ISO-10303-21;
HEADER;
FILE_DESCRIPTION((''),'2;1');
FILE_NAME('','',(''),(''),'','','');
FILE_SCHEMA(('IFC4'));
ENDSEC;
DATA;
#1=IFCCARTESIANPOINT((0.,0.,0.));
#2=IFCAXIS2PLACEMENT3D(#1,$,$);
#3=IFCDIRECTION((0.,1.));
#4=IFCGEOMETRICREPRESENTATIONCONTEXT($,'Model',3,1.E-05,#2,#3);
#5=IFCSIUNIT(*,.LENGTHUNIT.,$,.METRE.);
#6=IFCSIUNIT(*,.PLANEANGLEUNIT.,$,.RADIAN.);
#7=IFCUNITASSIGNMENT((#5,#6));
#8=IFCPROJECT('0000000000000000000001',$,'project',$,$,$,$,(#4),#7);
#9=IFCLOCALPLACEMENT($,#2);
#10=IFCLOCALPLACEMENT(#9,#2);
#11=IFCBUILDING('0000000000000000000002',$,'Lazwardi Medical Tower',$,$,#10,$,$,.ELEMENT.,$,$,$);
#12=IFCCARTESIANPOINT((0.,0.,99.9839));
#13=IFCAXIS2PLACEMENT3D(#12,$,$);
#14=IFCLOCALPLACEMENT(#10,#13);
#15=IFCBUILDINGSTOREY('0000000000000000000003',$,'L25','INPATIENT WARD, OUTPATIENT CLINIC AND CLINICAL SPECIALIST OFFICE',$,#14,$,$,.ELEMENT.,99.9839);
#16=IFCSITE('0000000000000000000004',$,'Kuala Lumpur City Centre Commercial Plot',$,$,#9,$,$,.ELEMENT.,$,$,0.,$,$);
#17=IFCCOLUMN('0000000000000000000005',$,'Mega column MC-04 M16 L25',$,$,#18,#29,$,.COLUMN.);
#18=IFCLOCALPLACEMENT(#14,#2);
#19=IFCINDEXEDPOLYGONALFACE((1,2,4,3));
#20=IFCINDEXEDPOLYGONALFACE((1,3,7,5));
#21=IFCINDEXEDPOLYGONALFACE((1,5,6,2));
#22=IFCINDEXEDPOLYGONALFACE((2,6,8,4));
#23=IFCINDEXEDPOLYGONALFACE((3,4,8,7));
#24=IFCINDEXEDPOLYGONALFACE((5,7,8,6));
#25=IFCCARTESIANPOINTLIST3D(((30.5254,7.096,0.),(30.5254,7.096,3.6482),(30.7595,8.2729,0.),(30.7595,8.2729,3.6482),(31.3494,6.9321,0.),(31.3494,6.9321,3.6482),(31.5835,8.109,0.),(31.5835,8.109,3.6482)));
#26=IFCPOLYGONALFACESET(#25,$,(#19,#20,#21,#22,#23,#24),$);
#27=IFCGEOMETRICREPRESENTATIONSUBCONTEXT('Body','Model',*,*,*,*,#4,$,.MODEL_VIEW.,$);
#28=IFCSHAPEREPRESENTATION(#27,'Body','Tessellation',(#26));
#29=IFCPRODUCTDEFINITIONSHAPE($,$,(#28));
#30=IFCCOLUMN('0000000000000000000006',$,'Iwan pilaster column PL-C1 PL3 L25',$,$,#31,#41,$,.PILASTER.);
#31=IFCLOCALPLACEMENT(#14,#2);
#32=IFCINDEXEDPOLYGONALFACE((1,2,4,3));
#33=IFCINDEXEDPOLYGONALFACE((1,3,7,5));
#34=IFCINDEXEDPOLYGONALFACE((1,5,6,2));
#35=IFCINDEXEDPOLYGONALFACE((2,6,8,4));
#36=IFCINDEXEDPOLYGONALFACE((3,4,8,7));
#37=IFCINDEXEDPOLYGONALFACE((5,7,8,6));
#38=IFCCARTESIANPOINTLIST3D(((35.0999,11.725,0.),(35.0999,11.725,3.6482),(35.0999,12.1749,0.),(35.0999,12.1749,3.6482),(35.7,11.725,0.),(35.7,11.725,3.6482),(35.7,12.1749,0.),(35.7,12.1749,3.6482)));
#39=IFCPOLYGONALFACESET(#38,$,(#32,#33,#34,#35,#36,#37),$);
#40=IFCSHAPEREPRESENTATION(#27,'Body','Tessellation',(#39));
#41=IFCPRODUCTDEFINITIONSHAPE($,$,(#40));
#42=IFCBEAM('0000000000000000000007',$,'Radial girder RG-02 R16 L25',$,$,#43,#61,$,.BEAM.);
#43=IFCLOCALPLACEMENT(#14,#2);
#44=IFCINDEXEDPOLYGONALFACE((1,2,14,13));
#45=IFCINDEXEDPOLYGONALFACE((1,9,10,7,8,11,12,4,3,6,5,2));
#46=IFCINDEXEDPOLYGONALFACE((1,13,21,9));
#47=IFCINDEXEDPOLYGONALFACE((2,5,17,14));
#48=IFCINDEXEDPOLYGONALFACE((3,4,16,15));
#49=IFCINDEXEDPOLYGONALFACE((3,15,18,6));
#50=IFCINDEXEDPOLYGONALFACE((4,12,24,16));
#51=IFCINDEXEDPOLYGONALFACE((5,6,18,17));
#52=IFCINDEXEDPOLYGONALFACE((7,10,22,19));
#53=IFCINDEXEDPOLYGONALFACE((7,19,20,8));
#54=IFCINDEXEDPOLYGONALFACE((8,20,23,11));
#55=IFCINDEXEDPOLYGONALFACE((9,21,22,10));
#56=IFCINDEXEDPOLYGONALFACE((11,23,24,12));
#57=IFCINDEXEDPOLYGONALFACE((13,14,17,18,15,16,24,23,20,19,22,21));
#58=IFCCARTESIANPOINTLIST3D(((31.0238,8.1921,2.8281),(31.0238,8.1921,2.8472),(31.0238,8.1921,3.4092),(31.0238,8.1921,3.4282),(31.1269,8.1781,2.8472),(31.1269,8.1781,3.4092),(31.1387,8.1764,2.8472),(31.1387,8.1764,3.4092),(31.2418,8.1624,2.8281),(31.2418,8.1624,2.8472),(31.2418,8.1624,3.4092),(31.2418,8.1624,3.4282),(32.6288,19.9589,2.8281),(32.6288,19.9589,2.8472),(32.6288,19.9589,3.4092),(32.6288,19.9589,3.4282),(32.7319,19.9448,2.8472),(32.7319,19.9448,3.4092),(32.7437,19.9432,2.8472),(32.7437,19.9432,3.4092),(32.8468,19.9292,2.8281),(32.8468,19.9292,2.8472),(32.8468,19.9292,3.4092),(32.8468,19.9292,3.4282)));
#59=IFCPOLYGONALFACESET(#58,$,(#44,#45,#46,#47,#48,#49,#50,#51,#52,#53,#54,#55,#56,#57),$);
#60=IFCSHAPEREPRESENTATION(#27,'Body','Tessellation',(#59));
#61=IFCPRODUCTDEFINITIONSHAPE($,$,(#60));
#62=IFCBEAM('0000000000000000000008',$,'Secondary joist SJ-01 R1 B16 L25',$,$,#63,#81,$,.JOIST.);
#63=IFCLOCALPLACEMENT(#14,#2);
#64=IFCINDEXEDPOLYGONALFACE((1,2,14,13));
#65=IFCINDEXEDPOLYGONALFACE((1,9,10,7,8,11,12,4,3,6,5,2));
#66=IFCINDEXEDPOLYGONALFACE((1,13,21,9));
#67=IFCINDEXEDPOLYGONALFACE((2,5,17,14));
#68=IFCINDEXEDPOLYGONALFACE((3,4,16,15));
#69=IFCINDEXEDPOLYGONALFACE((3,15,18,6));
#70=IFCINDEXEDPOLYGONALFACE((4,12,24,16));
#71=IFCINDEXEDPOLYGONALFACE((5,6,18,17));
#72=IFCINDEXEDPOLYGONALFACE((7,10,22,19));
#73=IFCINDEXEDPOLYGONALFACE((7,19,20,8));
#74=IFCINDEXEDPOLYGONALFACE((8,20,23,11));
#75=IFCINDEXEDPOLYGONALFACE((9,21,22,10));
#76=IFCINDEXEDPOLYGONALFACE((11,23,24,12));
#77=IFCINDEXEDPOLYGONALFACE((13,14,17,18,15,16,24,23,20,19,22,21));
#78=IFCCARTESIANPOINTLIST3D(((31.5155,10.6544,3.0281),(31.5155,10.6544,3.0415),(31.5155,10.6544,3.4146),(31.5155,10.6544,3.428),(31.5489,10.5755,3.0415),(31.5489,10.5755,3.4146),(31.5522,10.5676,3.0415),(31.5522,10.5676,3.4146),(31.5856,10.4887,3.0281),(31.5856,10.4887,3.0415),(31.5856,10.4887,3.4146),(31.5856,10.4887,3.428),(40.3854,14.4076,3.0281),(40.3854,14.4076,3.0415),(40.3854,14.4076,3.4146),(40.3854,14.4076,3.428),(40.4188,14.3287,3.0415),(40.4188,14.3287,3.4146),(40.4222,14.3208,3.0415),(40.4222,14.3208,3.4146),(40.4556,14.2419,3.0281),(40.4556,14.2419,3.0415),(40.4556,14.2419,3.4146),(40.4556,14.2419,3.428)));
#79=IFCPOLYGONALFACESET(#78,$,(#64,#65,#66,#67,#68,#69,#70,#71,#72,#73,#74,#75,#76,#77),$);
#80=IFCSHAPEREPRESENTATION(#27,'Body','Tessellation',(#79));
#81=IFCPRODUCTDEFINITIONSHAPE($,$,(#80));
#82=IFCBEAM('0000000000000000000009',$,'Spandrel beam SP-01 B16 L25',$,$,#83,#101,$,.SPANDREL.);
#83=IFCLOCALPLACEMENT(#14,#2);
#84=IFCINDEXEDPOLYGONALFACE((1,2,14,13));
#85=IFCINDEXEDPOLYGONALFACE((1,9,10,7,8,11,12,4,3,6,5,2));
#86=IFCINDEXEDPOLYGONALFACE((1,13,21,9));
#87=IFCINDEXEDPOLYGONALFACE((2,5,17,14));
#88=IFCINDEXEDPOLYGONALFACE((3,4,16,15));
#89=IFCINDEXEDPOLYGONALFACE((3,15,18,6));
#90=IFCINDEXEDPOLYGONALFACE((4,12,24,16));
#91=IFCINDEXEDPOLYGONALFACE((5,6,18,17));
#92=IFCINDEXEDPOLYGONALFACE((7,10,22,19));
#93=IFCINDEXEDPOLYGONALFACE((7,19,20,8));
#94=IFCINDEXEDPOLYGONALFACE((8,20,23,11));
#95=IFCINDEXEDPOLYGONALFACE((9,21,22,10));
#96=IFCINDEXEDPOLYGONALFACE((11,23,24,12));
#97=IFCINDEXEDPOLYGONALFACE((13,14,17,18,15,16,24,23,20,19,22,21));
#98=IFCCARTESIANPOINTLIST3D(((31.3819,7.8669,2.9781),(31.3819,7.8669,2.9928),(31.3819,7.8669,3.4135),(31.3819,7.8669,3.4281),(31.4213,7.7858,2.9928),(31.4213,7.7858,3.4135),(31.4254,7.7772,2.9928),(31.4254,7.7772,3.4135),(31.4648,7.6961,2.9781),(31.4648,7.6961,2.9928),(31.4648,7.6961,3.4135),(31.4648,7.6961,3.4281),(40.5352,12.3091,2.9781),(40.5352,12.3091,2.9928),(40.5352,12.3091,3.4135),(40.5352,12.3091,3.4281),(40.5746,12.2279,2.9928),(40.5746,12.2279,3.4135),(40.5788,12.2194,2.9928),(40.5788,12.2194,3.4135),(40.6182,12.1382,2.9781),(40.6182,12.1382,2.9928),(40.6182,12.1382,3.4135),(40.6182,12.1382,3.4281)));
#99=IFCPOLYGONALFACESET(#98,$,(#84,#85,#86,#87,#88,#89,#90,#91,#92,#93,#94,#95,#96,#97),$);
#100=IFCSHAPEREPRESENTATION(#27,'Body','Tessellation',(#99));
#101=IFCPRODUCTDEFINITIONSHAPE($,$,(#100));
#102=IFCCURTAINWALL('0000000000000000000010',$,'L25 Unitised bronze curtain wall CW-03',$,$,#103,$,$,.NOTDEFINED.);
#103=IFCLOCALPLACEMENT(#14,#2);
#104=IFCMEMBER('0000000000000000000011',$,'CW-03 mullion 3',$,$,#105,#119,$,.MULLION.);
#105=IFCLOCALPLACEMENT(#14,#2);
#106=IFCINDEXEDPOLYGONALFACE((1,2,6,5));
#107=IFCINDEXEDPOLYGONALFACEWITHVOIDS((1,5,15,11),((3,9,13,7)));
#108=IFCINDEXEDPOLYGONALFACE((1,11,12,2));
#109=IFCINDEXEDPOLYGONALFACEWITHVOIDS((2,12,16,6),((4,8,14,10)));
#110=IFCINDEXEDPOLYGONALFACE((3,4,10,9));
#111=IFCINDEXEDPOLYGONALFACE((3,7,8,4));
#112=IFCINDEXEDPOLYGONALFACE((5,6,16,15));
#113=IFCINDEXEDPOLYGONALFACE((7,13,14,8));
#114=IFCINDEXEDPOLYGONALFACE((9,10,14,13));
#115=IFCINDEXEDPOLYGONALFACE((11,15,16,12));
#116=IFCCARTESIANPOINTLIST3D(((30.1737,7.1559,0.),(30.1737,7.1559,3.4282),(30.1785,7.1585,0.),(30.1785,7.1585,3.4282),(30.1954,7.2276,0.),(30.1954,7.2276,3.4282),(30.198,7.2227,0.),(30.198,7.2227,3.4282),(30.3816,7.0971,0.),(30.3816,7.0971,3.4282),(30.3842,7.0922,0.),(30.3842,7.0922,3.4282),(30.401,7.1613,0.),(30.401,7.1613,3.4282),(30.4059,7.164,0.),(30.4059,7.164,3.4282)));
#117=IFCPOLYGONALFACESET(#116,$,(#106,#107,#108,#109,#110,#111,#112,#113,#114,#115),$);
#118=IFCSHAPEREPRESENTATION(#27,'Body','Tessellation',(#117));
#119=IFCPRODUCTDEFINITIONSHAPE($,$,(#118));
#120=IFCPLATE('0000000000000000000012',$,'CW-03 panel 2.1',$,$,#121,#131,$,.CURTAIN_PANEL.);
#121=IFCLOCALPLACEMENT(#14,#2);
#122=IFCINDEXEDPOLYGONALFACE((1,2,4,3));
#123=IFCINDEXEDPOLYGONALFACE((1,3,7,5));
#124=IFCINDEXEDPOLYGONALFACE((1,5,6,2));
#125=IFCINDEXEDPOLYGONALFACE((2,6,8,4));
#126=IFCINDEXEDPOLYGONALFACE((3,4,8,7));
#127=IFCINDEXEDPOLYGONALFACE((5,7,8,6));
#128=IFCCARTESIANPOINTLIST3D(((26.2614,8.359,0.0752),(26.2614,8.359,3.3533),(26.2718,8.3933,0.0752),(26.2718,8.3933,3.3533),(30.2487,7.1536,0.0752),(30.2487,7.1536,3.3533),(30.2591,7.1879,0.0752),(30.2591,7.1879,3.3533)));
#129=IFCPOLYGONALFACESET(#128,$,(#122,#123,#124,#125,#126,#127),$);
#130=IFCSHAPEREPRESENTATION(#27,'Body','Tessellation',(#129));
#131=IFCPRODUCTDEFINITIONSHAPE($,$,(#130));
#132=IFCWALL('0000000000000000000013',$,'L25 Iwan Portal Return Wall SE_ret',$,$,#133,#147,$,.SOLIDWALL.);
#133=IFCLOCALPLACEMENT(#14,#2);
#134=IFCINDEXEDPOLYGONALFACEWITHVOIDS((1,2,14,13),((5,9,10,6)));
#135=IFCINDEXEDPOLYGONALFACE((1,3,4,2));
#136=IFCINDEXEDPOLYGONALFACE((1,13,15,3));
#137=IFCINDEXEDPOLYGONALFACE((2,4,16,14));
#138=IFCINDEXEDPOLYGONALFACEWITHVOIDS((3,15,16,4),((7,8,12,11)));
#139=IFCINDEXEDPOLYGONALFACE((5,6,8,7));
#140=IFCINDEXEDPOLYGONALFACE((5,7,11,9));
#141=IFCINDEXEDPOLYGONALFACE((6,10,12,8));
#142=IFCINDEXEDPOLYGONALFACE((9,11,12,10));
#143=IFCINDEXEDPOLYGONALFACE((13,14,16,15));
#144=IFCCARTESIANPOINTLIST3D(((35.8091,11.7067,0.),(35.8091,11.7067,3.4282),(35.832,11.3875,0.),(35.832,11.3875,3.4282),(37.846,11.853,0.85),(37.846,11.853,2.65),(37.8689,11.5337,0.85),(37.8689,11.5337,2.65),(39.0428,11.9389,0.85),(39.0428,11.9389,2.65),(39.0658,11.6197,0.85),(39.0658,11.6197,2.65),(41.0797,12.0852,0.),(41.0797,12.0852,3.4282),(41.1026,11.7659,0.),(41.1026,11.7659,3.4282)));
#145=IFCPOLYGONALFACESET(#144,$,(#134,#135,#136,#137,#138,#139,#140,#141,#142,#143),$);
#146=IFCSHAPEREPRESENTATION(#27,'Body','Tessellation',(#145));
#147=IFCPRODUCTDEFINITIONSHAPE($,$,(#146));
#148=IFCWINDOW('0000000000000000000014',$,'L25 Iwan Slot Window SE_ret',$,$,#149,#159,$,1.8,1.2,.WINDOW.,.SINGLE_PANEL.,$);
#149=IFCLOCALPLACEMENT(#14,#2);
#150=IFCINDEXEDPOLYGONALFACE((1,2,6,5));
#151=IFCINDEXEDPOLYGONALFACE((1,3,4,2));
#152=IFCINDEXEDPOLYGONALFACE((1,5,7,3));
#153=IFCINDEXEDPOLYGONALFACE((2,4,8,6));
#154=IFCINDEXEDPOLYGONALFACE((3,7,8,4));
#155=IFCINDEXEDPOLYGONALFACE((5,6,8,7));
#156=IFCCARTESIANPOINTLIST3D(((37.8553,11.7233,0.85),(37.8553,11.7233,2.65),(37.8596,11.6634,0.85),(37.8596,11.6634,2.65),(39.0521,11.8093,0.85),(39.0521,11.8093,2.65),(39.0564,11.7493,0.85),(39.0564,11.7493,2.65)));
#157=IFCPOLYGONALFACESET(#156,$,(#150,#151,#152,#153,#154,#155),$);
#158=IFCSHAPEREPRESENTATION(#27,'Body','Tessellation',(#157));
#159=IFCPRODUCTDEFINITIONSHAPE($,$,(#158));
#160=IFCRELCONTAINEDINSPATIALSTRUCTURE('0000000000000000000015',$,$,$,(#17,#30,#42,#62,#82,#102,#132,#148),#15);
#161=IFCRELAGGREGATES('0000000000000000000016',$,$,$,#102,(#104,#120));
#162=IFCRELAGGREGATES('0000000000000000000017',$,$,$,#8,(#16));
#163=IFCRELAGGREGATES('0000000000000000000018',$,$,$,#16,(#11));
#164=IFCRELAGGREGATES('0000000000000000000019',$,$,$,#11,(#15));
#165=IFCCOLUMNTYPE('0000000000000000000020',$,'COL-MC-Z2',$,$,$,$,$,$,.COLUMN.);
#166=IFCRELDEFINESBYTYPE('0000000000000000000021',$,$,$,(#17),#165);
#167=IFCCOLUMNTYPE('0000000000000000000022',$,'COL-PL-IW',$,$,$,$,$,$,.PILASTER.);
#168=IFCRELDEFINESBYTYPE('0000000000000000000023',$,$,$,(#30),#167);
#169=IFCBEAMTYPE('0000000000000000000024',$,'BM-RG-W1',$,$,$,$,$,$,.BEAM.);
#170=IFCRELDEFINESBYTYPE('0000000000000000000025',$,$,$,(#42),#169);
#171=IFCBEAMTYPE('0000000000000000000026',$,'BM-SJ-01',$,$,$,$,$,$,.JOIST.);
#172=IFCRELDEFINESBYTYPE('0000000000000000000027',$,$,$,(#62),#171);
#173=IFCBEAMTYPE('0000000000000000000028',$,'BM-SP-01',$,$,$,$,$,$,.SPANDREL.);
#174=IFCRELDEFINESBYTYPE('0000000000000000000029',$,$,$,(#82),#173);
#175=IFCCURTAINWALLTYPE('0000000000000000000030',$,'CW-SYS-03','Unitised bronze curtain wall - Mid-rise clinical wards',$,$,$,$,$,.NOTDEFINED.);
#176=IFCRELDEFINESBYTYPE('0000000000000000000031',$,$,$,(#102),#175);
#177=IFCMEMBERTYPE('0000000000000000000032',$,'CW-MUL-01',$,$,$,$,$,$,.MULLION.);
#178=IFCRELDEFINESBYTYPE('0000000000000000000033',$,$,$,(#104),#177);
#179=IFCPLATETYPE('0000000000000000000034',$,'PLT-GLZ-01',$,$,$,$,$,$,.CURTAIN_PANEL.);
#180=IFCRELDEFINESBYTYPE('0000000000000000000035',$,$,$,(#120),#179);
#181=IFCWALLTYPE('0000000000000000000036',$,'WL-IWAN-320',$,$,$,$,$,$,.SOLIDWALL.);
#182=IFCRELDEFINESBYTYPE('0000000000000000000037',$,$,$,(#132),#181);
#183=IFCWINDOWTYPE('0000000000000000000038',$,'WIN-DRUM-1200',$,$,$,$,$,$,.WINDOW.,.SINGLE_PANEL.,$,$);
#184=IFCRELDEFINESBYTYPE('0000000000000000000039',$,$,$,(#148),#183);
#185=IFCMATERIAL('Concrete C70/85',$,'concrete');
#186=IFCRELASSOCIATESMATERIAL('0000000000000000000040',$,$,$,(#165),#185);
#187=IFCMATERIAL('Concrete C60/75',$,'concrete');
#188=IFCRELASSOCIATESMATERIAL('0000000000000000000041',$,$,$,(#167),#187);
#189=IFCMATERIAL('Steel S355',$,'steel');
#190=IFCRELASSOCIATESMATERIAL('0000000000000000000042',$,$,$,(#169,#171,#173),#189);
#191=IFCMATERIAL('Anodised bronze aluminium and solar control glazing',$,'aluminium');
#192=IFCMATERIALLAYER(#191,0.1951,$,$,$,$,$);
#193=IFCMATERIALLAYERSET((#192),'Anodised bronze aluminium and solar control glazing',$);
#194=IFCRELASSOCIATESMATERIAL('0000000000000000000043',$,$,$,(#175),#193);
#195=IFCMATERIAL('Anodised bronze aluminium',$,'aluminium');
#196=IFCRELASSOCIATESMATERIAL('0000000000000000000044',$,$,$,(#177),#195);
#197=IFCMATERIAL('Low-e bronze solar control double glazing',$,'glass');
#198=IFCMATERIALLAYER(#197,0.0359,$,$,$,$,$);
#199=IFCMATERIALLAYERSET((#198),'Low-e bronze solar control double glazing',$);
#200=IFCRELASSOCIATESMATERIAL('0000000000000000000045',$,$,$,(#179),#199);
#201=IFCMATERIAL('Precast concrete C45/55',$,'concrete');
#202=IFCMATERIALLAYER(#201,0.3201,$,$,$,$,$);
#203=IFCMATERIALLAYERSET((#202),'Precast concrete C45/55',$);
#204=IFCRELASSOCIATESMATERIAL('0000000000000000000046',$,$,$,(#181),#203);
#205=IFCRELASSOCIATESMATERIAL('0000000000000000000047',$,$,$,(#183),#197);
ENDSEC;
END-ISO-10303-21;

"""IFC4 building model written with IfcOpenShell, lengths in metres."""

from ifc_helpers import new_model, si_unit, direction, frame, frame_2d, origin, origin_2d, place, context, subcontext, project, spatial, rectangle, hollow_rectangle, i_section, extrude, material, layer, layer_set, material_profile, profile_set, type_object, element, fill, aggregate, save


model = new_model("IFC4")

# Units and contexts
model_context = context("Model", 3, precision=1e-05, world=origin(), true_north=direction((0.0, 1.0)))
body_context = subcontext(model_context, "Body", "Model", "MODEL_VIEW")
ifc_project = project(units=[si_unit("LENGTHUNIT", "METRE"), si_unit("PLANEANGLEUNIT", "RADIAN")], contexts=[model_context])

# Site, building, storey
site_placement = place(None, origin())
site = spatial("IfcSite", under=ifc_project, at=site_placement, Name="Kuala Lumpur City Centre Commercial Plot", CompositionType="ELEMENT", RefElevation=0.0)
building_placement = place(site_placement, origin())
building = spatial("IfcBuilding", under=site, at=building_placement, Name="Lazwardi Medical Tower", CompositionType="ELEMENT")
storey_placement = place(building_placement, frame((0.0, 0.0, 99.9839)))
storey = spatial("IfcBuildingStorey", under=building, at=storey_placement, Name="L25", Description="INPATIENT WARD, OUTPATIENT CLINIC AND CLINICAL SPECIALIST OFFICE", CompositionType="ELEMENT", Elevation=99.9839)

# Columns
ifc_material_1 = material(Name="Concrete C70/85", Category="concrete")
ifc_material_profile_1 = material_profile(ifc_material_1, rectangle(XDim=1.2, YDim=0.8401, at=origin_2d()), Name="CFT-RECT 1200x840")
ifc_profile_set_1 = profile_set([ifc_material_profile_1], Name="Concrete C70/85")
column_type_1 = type_object("IfcColumnType", Name="COL-MC-Z2", PredefinedType="COLUMN", material=ifc_profile_set_1)
column_1_placement = place(storey_placement, frame((31.0544, 7.6025, 0.0), z_axis=(0.0, 0.0, 1.0), x_axis=(-0.19509, -0.980785, 0.0)))
element("IfcColumn", 1, at=column_1_placement, inside=storey, type_object=column_type_1, Name="Mega column MC-04 M16 L25", PredefinedType="COLUMN", context=body_context, shape_type="SweptSolid", body=[
    extrude(rectangle(XDim=1.2, YDim=0.8401, at=origin_2d()), origin(), (0.0, 0.0, 1.0), 3.6482),
])
ifc_material_2 = material(Name="Concrete C60/75", Category="concrete")
ifc_material_profile_2 = material_profile(ifc_material_2, rectangle(XDim=0.6001, YDim=0.45, at=origin_2d()), Name="RC 600x450")
ifc_profile_set_2 = profile_set([ifc_material_profile_2], Name="Concrete C60/75")
column_type_2 = type_object("IfcColumnType", Name="COL-PL-IW", PredefinedType="PILASTER", material=ifc_profile_set_2)
column_2_placement = place(storey_placement, frame((35.3999, 11.95, 0.0), z_axis=(0.0, 0.0, 1.0), x_axis=(1.0, 0.0, 0.0)))
element("IfcColumn", 2, at=column_2_placement, inside=storey, type_object=column_type_2, Name="Iwan pilaster column PL-C1 PL3 L25", PredefinedType="PILASTER", context=body_context, shape_type="SweptSolid", body=[
    extrude(rectangle(XDim=0.6001, YDim=0.45, at=origin_2d()), origin(), (0.0, 0.0, 1.0), 3.6482),
])

# Beams
ifc_material_3 = material(Name="Steel S355", Category="steel")
ifc_material_profile_3 = material_profile(ifc_material_3, i_section(OverallWidth=0.22, OverallDepth=0.6001, WebThickness=0.012, FlangeThickness=0.019, at=origin_2d()), Name="IPE 600")
ifc_profile_set_3 = profile_set([ifc_material_profile_3], Name="Steel S355")
beam_type_1 = type_object("IfcBeamType", Name="BM-RG-W1", PredefinedType="BEAM", material=ifc_profile_set_3)
beam_1_placement = place(storey_placement, frame((31.1328, 8.1772, 3.1282), z_axis=(0.135147, 0.990826, 0.0), x_axis=(-0.990826, 0.135147, 0.0)))
element("IfcBeam", 3, at=beam_1_placement, inside=storey, type_object=beam_type_1, Name="Radial girder RG-02 R16 L25", PredefinedType="BEAM", context=body_context, shape_type="SweptSolid", body=[
    extrude(i_section(OverallWidth=0.22, OverallDepth=0.6001, WebThickness=0.012, FlangeThickness=0.019, at=origin_2d()), origin(), (0.0, 0.0, 1.0), 11.8757),
])
ifc_material_profile_4 = material_profile(ifc_material_3, i_section(OverallWidth=0.1799, OverallDepth=0.3999, WebThickness=0.0085, FlangeThickness=0.0134, at=origin_2d()), Name="IPE 400")
ifc_profile_set_4 = profile_set([ifc_material_profile_4], Name="Steel S355")
beam_type_2 = type_object("IfcBeamType", Name="BM-SJ-01", PredefinedType="JOIST", material=ifc_profile_set_4)
beam_2_placement = place(storey_placement, frame((31.5505, 10.5715, 3.228), z_axis=(0.920947, 0.389687, 0.0), x_axis=(-0.389687, 0.920947, 0.0)))
element("IfcBeam", 4, at=beam_2_placement, inside=storey, type_object=beam_type_2, Name="Secondary joist SJ-01 R1 B16 L25", PredefinedType="JOIST", context=body_context, shape_type="SweptSolid", body=[
    extrude(i_section(OverallWidth=0.1799, OverallDepth=0.3999, WebThickness=0.0085, FlangeThickness=0.0134, at=origin_2d()), origin(), (0.0, 0.0, 1.0), 9.6313),
])
ifc_material_profile_5 = material_profile(ifc_material_3, i_section(OverallWidth=0.1899, OverallDepth=0.45, WebThickness=0.0095, FlangeThickness=0.0146, at=origin_2d()), Name="IPE 450")
ifc_profile_set_5 = profile_set([ifc_material_profile_5], Name="Steel S355")
beam_type_3 = type_object("IfcBeamType", Name="BM-SP-01", PredefinedType="SPANDREL", material=ifc_profile_set_5)
beam_3_placement = place(storey_placement, frame((31.4233, 7.7815, 3.2031), z_axis=(0.899653, 0.436605, 0.0), x_axis=(-0.436605, 0.899653, 0.0)))
element("IfcBeam", 5, at=beam_3_placement, inside=storey, type_object=beam_type_3, Name="Spandrel beam SP-01 B16 L25", PredefinedType="SPANDREL", context=body_context, shape_type="SweptSolid", body=[
    extrude(i_section(OverallWidth=0.1899, OverallDepth=0.45, WebThickness=0.0095, FlangeThickness=0.0146, at=origin_2d()), origin(), (0.0, 0.0, 1.0), 10.1743),
])

# Curtain wall, member, plate
ifc_material_4 = material(Name="Anodised bronze aluminium and solar control glazing", Category="aluminium")
ifc_layer_1 = layer(ifc_material_4, 0.1951)
ifc_layer_set_1 = layer_set([ifc_layer_1], Name="Anodised bronze aluminium and solar control glazing")
curtain_wall_type = type_object("IfcCurtainWallType", Name="CW-SYS-03", Description="Unitised bronze curtain wall - Mid-rise clinical wards", PredefinedType="NOTDEFINED", material=ifc_layer_set_1)
curtain_wall_placement = place(storey_placement, origin())
curtain_wall = element("IfcCurtainWall", 6, at=curtain_wall_placement, inside=storey, type_object=curtain_wall_type, Name="L25 Unitised bronze curtain wall CW-03", PredefinedType="NOTDEFINED")
ifc_material_5 = material(Name="Anodised bronze aluminium", Category="aluminium")
ifc_material_profile_6 = material_profile(ifc_material_5, hollow_rectangle(XDim=0.075, YDim=0.22, WallThickness=0.0039, at=origin_2d()), Name="ALU-MULLION 220x75x4")
ifc_profile_set_6 = profile_set([ifc_material_profile_6], Name="Anodised bronze aluminium")
member_type = type_object("IfcMemberType", Name="CW-MUL-01", PredefinedType="MULLION", material=ifc_profile_set_6)
member_placement = place(storey_placement, frame((30.2898, 7.1599, 0.0), z_axis=(0.0, 0.0, 1.0), x_axis=(0.289374, 0.957216, 0.0)))
member = element("IfcMember", 7, at=member_placement, type_object=member_type, Name="CW-03 mullion 3", PredefinedType="MULLION", context=body_context, shape_type="SweptSolid", body=[
    extrude(hollow_rectangle(XDim=0.075, YDim=0.22, WallThickness=0.0039, at=origin_2d()), origin(), (0.0, 0.0, 1.0), 3.4282),
])
ifc_material_6 = material(Name="Low-e bronze solar control double glazing", Category="glass")
ifc_layer_2 = layer(ifc_material_6, 0.0359)
ifc_layer_set_2 = layer_set([ifc_layer_2], Name="Low-e bronze solar control double glazing")
plate_type = type_object("IfcPlateType", Name="PLT-GLZ-01", PredefinedType="CURTAIN_PANEL", material=ifc_layer_set_2)
plate_placement = place(storey_placement, frame((28.2603, 7.7734, 0.0752), z_axis=(0.0, 0.0, 1.0), x_axis=(0.957216, -0.289374, 0.0)))
plate = element("IfcPlate", 8, at=plate_placement, type_object=plate_type, Name="CW-03 panel 2.1", PredefinedType="CURTAIN_PANEL", context=body_context, shape_type="SweptSolid", body=[
    extrude(rectangle(XDim=4.1655, YDim=0.0359, at=origin_2d()), origin(), (0.0, 0.0, 1.0), 3.2781),
])
aggregate(curtain_wall, [member, plate])

# Wall, opening, window
ifc_material_7 = material(Name="Precast concrete C45/55", Category="concrete")
ifc_layer_3 = layer(ifc_material_7, 0.3201)
ifc_layer_set_3 = layer_set([ifc_layer_3], Name="Precast concrete C45/55")
wall_type_1 = type_object("IfcWallType", Name="WL-IWAN-320", PredefinedType="SOLIDWALL", material=ifc_layer_set_3)
wall_1_placement = place(storey_placement, frame((35.8206, 11.5471, 0.0), z_axis=(0.0, 0.0, 1.0), x_axis=(0.997432, 0.071615, 0.0)))
wall_1 = element("IfcWall", 9, at=wall_1_placement, inside=storey, type_object=wall_type_1, Name="L25 Iwan Portal Return Wall SE_ret", PredefinedType="SOLIDWALL", context=body_context, shape_type="SweptSolid", body=[
    extrude(rectangle(XDim=5.2842, YDim=0.3201, at=frame_2d((2.6421, 0.0))), origin(), (0.0, 0.0, 1.0), 3.4282),
])
opening_1_placement = place(wall_1_placement, frame((2.042, 0.0, 0.8501)))
opening_1 = element("IfcOpeningElement", 10, at=opening_1_placement, cuts=wall_1, PredefinedType="OPENING", context=body_context, shape_type="SweptSolid", body=[
    extrude(rectangle(XDim=1.2, YDim=1.8, at=frame_2d((0.6001, 0.8999))), frame((0.0, 0.1699, 0.0), z_axis=(0.0, -1.0, 0.0), x_axis=(1.0, 0.0, 0.0)), (0.0, 0.0, 1.0), 0.3401),
])
window_type_1 = type_object("IfcWindowType", Name="WIN-DRUM-1200", PartitioningType="SINGLE_PANEL", PredefinedType="WINDOW", material=ifc_material_6)
window_1_placement = place(opening_1_placement, origin())
window_1 = element("IfcWindow", 11, at=window_1_placement, inside=storey, type_object=window_type_1, Name="L25 Iwan Slot Window SE_ret", OverallHeight=1.8, OverallWidth=1.2, PartitioningType="SINGLE_PANEL", PredefinedType="WINDOW", context=body_context, shape_type="SweptSolid", body=[
    extrude(rectangle(XDim=1.2, YDim=1.8, at=frame_2d((0.6001, 0.8999))), frame((0.0, 0.03, 0.0), z_axis=(0.0, -1.0, 0.0), x_axis=(1.0, 0.0, 0.0)), (0.0, 0.0, 1.0), 0.0601),
])
fill(opening_1, window_1)

save(model, "model.ifc")
